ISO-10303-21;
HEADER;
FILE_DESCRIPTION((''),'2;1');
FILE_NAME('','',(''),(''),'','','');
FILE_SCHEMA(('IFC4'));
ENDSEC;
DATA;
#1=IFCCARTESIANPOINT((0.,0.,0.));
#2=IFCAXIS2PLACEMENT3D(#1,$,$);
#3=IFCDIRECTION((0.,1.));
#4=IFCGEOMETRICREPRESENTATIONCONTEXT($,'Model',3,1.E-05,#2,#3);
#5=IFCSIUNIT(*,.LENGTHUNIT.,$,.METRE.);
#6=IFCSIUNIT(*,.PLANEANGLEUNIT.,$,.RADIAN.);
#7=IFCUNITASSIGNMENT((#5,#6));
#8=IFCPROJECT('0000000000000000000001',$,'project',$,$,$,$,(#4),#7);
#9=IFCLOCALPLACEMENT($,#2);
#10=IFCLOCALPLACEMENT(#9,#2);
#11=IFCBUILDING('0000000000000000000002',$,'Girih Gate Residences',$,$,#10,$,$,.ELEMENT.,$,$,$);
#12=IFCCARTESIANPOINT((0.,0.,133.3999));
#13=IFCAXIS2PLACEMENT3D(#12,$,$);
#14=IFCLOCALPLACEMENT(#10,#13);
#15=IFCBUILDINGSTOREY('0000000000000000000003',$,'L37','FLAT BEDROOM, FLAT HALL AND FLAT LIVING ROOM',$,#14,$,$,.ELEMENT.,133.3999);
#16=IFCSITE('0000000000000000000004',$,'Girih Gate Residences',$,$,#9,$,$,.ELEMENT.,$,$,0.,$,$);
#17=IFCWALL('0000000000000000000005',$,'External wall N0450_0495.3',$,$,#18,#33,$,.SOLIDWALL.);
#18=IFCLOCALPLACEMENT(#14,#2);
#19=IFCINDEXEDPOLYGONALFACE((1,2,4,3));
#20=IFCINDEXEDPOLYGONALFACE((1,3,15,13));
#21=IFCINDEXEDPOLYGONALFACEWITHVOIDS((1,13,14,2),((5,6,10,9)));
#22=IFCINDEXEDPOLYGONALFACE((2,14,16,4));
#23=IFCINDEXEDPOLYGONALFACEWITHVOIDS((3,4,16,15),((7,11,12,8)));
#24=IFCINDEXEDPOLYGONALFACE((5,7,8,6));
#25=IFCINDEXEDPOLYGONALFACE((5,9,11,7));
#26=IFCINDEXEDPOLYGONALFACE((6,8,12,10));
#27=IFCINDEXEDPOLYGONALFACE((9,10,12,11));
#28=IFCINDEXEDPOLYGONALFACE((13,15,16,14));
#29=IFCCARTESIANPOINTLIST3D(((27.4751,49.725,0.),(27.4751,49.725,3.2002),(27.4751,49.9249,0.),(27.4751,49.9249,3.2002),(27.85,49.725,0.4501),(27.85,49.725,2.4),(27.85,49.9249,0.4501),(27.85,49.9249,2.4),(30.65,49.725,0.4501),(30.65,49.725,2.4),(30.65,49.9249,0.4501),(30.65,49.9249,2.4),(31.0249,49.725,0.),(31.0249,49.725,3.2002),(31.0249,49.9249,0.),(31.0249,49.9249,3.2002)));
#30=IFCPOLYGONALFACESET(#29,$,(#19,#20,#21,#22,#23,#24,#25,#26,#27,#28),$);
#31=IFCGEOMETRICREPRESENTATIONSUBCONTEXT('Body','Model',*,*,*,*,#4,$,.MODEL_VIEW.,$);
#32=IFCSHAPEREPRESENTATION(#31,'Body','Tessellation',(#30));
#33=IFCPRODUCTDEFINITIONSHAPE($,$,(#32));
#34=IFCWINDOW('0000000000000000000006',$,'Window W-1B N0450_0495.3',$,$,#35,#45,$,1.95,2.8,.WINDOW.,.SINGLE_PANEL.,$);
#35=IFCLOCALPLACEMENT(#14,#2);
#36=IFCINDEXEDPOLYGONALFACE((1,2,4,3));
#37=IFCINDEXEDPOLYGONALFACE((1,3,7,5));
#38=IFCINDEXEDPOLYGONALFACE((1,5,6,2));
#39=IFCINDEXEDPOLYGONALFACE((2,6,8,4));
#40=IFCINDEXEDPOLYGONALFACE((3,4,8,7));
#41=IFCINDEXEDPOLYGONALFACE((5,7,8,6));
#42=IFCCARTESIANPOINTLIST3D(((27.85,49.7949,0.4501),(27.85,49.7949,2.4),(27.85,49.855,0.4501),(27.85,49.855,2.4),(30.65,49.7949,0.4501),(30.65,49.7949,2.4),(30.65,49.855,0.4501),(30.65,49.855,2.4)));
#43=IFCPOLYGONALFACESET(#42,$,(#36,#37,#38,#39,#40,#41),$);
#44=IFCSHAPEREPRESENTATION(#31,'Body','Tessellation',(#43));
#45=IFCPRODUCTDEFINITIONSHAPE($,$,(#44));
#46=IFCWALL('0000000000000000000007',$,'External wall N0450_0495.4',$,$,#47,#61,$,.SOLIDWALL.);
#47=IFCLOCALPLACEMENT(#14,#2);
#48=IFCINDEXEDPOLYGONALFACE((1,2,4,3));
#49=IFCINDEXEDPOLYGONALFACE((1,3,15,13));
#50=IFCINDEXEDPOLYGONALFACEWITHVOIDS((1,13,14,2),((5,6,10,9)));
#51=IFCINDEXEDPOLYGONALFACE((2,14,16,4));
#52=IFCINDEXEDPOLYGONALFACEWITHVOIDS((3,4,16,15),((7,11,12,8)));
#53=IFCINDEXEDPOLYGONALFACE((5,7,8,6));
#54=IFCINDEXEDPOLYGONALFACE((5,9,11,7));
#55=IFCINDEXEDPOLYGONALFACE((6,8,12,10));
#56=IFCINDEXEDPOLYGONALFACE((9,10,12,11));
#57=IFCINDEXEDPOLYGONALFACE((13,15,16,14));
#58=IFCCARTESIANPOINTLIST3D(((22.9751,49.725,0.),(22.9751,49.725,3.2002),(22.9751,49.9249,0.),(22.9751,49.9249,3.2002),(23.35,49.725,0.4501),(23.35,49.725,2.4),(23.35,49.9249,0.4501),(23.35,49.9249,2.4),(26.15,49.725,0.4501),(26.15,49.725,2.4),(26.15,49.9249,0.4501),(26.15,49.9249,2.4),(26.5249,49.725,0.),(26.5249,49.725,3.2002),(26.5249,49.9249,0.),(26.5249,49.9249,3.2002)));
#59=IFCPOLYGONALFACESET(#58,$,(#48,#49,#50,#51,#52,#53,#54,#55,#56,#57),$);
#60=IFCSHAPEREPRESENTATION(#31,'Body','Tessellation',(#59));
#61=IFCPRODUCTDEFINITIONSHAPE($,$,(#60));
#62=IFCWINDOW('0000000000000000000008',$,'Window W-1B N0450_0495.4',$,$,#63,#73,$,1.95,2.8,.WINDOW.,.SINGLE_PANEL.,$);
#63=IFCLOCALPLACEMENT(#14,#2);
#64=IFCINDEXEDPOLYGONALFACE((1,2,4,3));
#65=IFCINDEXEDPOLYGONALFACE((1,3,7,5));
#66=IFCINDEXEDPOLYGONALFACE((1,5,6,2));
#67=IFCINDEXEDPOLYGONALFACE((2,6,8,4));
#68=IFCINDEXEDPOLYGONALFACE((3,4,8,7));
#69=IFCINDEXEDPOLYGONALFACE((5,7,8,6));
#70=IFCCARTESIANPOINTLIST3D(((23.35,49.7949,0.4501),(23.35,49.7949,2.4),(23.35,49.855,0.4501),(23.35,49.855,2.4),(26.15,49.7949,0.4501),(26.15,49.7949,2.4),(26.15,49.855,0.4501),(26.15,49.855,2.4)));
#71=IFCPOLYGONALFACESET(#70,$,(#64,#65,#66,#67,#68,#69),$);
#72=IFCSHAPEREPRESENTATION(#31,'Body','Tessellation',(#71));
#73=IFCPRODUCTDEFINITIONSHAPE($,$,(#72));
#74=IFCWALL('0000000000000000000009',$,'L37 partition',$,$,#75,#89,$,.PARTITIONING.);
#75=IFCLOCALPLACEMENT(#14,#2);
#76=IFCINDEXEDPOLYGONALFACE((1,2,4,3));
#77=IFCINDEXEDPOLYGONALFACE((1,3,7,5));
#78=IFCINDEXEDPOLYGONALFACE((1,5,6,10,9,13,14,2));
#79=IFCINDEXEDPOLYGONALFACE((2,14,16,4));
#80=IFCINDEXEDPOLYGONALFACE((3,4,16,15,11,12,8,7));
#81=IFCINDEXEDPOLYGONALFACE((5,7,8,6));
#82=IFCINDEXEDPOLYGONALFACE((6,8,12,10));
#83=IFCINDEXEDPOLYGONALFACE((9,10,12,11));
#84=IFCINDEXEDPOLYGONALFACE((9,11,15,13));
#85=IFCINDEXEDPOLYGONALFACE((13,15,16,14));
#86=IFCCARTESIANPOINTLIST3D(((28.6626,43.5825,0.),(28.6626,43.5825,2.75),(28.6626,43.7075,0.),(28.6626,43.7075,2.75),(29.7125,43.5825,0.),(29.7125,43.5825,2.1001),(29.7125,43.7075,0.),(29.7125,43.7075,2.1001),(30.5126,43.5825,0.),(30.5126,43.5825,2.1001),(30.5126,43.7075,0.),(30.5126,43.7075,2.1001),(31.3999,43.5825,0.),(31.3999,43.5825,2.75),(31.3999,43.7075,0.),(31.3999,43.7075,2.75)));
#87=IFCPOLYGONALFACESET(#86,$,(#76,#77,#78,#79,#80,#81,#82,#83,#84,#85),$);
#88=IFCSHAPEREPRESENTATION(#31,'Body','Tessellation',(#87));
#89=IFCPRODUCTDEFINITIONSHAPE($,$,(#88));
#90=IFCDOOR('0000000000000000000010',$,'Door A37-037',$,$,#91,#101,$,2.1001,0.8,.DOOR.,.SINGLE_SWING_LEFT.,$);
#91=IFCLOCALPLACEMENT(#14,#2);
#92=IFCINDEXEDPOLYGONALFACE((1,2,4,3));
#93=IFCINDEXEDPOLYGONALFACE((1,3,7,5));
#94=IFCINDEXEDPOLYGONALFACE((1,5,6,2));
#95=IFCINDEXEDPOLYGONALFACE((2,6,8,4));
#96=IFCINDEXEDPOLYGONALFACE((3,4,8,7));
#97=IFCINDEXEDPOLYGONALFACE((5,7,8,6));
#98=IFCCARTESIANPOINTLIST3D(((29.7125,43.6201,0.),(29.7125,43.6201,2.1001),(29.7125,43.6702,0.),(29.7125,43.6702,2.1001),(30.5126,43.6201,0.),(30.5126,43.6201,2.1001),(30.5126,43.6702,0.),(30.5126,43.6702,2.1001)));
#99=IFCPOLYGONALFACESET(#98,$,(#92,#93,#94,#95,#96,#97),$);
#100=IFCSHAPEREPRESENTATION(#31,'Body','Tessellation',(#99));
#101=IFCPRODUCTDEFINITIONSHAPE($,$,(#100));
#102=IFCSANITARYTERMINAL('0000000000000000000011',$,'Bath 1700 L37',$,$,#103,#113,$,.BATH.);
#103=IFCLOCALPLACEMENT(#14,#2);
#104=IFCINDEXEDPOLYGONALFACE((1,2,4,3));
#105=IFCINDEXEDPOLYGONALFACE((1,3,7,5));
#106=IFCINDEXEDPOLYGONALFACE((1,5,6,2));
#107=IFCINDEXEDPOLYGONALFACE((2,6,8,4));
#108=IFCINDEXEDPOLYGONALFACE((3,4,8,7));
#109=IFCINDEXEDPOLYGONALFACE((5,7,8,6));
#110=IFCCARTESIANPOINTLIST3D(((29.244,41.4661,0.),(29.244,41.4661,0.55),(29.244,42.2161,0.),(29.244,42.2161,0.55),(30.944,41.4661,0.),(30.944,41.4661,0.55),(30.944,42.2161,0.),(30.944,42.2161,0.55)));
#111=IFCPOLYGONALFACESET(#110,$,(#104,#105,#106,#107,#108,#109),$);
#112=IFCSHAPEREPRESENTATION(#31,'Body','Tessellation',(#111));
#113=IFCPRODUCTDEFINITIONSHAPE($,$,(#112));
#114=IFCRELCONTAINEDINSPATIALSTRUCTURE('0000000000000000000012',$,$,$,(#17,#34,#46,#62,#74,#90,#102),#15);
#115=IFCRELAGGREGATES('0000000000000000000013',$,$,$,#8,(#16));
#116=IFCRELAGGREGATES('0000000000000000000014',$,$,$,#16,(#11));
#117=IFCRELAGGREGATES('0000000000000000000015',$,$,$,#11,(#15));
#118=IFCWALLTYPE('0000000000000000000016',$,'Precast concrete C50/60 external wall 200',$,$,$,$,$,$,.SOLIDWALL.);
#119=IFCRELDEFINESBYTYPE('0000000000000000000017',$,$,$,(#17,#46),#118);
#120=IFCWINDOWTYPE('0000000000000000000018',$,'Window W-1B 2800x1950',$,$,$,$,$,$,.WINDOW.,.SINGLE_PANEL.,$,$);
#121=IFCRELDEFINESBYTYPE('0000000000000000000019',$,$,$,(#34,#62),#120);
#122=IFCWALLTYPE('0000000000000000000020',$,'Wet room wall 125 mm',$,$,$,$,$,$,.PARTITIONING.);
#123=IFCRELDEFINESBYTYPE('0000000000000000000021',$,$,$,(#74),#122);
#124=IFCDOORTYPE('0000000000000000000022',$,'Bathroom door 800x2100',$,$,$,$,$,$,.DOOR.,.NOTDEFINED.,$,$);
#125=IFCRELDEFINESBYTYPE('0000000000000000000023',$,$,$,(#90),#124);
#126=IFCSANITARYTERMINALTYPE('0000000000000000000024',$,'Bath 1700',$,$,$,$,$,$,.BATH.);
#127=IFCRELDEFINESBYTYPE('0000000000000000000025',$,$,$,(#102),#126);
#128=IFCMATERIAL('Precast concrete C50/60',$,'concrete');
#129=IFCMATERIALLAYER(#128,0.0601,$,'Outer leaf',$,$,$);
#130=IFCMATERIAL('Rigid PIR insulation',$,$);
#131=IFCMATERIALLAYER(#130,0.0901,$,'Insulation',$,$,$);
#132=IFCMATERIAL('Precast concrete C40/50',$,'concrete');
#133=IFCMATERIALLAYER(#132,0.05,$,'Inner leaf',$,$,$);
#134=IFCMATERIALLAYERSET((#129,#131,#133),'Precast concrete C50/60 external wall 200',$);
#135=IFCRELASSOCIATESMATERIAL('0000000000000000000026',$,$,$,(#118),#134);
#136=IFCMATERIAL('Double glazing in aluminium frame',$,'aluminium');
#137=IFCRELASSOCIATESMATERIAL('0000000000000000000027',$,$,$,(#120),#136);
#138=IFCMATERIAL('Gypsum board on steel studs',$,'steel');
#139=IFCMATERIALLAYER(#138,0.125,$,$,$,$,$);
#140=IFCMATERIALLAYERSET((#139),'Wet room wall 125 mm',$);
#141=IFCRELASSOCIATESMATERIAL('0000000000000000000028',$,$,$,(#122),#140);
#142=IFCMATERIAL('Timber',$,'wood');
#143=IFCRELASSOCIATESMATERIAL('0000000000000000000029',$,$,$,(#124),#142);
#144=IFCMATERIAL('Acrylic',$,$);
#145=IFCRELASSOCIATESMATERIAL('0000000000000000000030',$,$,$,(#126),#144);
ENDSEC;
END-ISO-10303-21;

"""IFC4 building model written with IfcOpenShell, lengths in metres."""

from ifc_helpers import new_model, si_unit, direction, frame, frame_2d, origin, origin_2d, place, context, subcontext, project, spatial, rectangle, extrude, material, layer, layer_set, type_object, element, fill, save


model = new_model("IFC4")

# Units and contexts
model_context = context("Model", 3, precision=1e-05, world=origin(), true_north=direction((0.0, 1.0)))
body_context = subcontext(model_context, "Body", "Model", "MODEL_VIEW")
ifc_project = project(units=[si_unit("LENGTHUNIT", "METRE"), si_unit("PLANEANGLEUNIT", "RADIAN")], contexts=[model_context])

# Site, building, storey
site_placement = place(None, origin())
site = spatial("IfcSite", under=ifc_project, at=site_placement, Name="Girih Gate Residences", CompositionType="ELEMENT", RefElevation=0.0)
building_placement = place(site_placement, origin())
building = spatial("IfcBuilding", under=site, at=building_placement, Name="Girih Gate Residences", CompositionType="ELEMENT")
storey_placement = place(building_placement, frame((0.0, 0.0, 133.3999)))
storey = spatial("IfcBuildingStorey", under=building, at=storey_placement, Name="L37", Description="FLAT BEDROOM, FLAT HALL AND FLAT LIVING ROOM", CompositionType="ELEMENT", Elevation=133.3999)

# Shared definitions
ifc_material_1 = material(Name="Gypsum board on steel studs", Category="steel")

# Shared definitions
ifc_material_2 = material(Name="Timber", Category="wood")

# Walls, openings, windows
ifc_material_3 = material(Name="Precast concrete C50/60", Category="concrete")
ifc_layer_1 = layer(ifc_material_3, 0.0601, Name="Outer leaf")
ifc_material_4 = material(Name="Rigid PIR insulation")
ifc_layer_2 = layer(ifc_material_4, 0.0901, Name="Insulation")
ifc_material_5 = material(Name="Precast concrete C40/50", Category="concrete")
ifc_layer_3 = layer(ifc_material_5, 0.05, Name="Inner leaf")
ifc_layer_set_1 = layer_set([ifc_layer_1, ifc_layer_2, ifc_layer_3], Name="Precast concrete C50/60 external wall 200")
wall_type_1 = type_object("IfcWallType", Name="Precast concrete C50/60 external wall 200", PredefinedType="SOLIDWALL", material=ifc_layer_set_1)
wall_1_placement = place(storey_placement, frame((27.4751, 49.825, 0.0), z_axis=(0.0, 0.0, 1.0), x_axis=(1.0, 0.0, 0.0)))
wall_1 = element("IfcWall", 1, at=wall_1_placement, inside=storey, type_object=wall_type_1, Name="External wall N0450_0495.3", PredefinedType="SOLIDWALL", context=body_context, shape_type="SweptSolid", body=[
    extrude(rectangle(XDim=3.5498, YDim=0.2, at=frame_2d((1.7749, 0.0))), origin(), (0.0, 0.0, 1.0), 3.2002),
])
opening_1_placement = place(wall_1_placement, frame((0.375, 0.0, 0.45)))
opening_1 = element("IfcOpeningElement", 2, at=opening_1_placement, cuts=wall_1, PredefinedType="OPENING", context=body_context, shape_type="SweptSolid", body=[
    extrude(rectangle(XDim=2.8, YDim=1.95, at=frame_2d((1.3999, 0.9751))), frame((0.0, 0.1099, 0.0), z_axis=(0.0, -1.0, 0.0), x_axis=(1.0, 0.0, 0.0)), (0.0, 0.0, 1.0), 0.22),
])
ifc_material_6 = material(Name="Double glazing in aluminium frame", Category="aluminium")
window_type = type_object("IfcWindowType", Name="Window W-1B 2800x1950", PartitioningType="SINGLE_PANEL", PredefinedType="WINDOW", material=ifc_material_6)
window_1_placement = place(opening_1_placement, origin())
window_1 = element("IfcWindow", 3, at=window_1_placement, inside=storey, type_object=window_type, Name="Window W-1B N0450_0495.3", OverallHeight=1.95, OverallWidth=2.8, PartitioningType="SINGLE_PANEL", PredefinedType="WINDOW", context=body_context, shape_type="SweptSolid", body=[
    extrude(rectangle(XDim=2.8, YDim=1.95, at=frame_2d((1.3999, 0.9751))), frame((0.0, 0.03, 0.0), z_axis=(0.0, -1.0, 0.0), x_axis=(1.0, 0.0, 0.0)), (0.0, 0.0, 1.0), 0.0601),
])
fill(opening_1, window_1)
wall_2_placement = place(storey_placement, frame((22.9751, 49.825, 0.0), z_axis=(0.0, 0.0, 1.0), x_axis=(1.0, 0.0, 0.0)))
wall_2 = element("IfcWall", 4, at=wall_2_placement, inside=storey, type_object=wall_type_1, Name="External wall N0450_0495.4", PredefinedType="SOLIDWALL", context=body_context, shape_type="SweptSolid", body=[
    extrude(rectangle(XDim=3.5498, YDim=0.2, at=frame_2d((1.7749, 0.0))), origin(), (0.0, 0.0, 1.0), 3.2002),
])
opening_2_placement = place(wall_2_placement, frame((0.375, 0.0, 0.45)))
opening_2 = element("IfcOpeningElement", 5, at=opening_2_placement, cuts=wall_2, PredefinedType="OPENING", context=body_context, shape_type="SweptSolid", body=[
    extrude(rectangle(XDim=2.8, YDim=1.95, at=frame_2d((1.3999, 0.9751))), frame((0.0, 0.1099, 0.0), z_axis=(0.0, -1.0, 0.0), x_axis=(1.0, 0.0, 0.0)), (0.0, 0.0, 1.0), 0.22),
])
window_2_placement = place(opening_2_placement, origin())
window_2 = element("IfcWindow", 6, at=window_2_placement, inside=storey, type_object=window_type, Name="Window W-1B N0450_0495.4", OverallHeight=1.95, OverallWidth=2.8, PartitioningType="SINGLE_PANEL", PredefinedType="WINDOW", context=body_context, shape_type="SweptSolid", body=[
    extrude(rectangle(XDim=2.8, YDim=1.95, at=frame_2d((1.3999, 0.9751))), frame((0.0, 0.03, 0.0), z_axis=(0.0, -1.0, 0.0), x_axis=(1.0, 0.0, 0.0)), (0.0, 0.0, 1.0), 0.0601),
])
fill(opening_2, window_2)

# Wall, opening, door
ifc_layer_4 = layer(ifc_material_1, 0.125)
ifc_layer_set_2 = layer_set([ifc_layer_4], Name="Wet room wall 125 mm")
wall_type_2 = type_object("IfcWallType", Name="Wet room wall 125 mm", PredefinedType="PARTITIONING", material=ifc_layer_set_2)
wall_3_placement = place(storey_placement, frame((31.3999, 43.645, 0.0), z_axis=(0.0, 0.0, 1.0), x_axis=(-1.0, 0.0, 0.0)))
wall_3 = element("IfcWall", 7, at=wall_3_placement, inside=storey, type_object=wall_type_2, Name="L37 partition", PredefinedType="PARTITIONING", context=body_context, shape_type="SweptSolid", body=[
    extrude(rectangle(XDim=2.7373, YDim=0.125, at=frame_2d((1.3687, 0.0))), origin(), (0.0, 0.0, 1.0), 2.75),
])
opening_3_placement = place(wall_3_placement, frame((0.8875, 0.0, 0.0)))
opening_3 = element("IfcOpeningElement", 8, at=opening_3_placement, cuts=wall_3, PredefinedType="OPENING", context=body_context, shape_type="SweptSolid", body=[
    extrude(rectangle(XDim=0.8, YDim=2.1001, at=frame_2d((0.3999, 1.05))), frame((0.0, 0.0725, 0.0), z_axis=(0.0, -1.0, 0.0), x_axis=(1.0, 0.0, 0.0)), (0.0, 0.0, 1.0), 0.145),
])
door_type_1 = type_object("IfcDoorType", Name="Bathroom door 800x2100", OperationType="NOTDEFINED", PredefinedType="DOOR", material=ifc_material_2)
door_1_placement = place(opening_3_placement, origin())
door_1 = element("IfcDoor", 9, at=door_1_placement, inside=storey, type_object=door_type_1, Name="Door A37-037", OperationType="SINGLE_SWING_LEFT", OverallHeight=2.1001, OverallWidth=0.8, PredefinedType="DOOR", context=body_context, shape_type="SweptSolid", body=[
    extrude(rectangle(XDim=0.8, YDim=2.1001, at=frame_2d((0.3999, 1.05))), frame((0.0, 0.0249, 0.0), z_axis=(0.0, -1.0, 0.0), x_axis=(1.0, 0.0, 0.0)), (0.0, 0.0, 1.0), 0.05),
])
fill(opening_3, door_1)

# Sanitary terminal
ifc_material_7 = material(Name="Acrylic")
sanitary_terminal_type = type_object("IfcSanitaryTerminalType", Name="Bath 1700", PredefinedType="BATH", material=ifc_material_7)
sanitary_terminal_placement = place(storey_placement, frame((30.094, 41.8411, 0.0), z_axis=(0.0, 0.0, 1.0), x_axis=(1.0, 0.0, 0.0)))
element("IfcSanitaryTerminal", 10, at=sanitary_terminal_placement, inside=storey, type_object=sanitary_terminal_type, Name="Bath 1700 L37", PredefinedType="BATH", context=body_context, shape_type="SweptSolid", body=[
    extrude(rectangle(XDim=1.7, YDim=0.75, at=origin_2d()), origin(), (0.0, 0.0, 1.0), 0.55),
])

save(model, "model.ifc")
